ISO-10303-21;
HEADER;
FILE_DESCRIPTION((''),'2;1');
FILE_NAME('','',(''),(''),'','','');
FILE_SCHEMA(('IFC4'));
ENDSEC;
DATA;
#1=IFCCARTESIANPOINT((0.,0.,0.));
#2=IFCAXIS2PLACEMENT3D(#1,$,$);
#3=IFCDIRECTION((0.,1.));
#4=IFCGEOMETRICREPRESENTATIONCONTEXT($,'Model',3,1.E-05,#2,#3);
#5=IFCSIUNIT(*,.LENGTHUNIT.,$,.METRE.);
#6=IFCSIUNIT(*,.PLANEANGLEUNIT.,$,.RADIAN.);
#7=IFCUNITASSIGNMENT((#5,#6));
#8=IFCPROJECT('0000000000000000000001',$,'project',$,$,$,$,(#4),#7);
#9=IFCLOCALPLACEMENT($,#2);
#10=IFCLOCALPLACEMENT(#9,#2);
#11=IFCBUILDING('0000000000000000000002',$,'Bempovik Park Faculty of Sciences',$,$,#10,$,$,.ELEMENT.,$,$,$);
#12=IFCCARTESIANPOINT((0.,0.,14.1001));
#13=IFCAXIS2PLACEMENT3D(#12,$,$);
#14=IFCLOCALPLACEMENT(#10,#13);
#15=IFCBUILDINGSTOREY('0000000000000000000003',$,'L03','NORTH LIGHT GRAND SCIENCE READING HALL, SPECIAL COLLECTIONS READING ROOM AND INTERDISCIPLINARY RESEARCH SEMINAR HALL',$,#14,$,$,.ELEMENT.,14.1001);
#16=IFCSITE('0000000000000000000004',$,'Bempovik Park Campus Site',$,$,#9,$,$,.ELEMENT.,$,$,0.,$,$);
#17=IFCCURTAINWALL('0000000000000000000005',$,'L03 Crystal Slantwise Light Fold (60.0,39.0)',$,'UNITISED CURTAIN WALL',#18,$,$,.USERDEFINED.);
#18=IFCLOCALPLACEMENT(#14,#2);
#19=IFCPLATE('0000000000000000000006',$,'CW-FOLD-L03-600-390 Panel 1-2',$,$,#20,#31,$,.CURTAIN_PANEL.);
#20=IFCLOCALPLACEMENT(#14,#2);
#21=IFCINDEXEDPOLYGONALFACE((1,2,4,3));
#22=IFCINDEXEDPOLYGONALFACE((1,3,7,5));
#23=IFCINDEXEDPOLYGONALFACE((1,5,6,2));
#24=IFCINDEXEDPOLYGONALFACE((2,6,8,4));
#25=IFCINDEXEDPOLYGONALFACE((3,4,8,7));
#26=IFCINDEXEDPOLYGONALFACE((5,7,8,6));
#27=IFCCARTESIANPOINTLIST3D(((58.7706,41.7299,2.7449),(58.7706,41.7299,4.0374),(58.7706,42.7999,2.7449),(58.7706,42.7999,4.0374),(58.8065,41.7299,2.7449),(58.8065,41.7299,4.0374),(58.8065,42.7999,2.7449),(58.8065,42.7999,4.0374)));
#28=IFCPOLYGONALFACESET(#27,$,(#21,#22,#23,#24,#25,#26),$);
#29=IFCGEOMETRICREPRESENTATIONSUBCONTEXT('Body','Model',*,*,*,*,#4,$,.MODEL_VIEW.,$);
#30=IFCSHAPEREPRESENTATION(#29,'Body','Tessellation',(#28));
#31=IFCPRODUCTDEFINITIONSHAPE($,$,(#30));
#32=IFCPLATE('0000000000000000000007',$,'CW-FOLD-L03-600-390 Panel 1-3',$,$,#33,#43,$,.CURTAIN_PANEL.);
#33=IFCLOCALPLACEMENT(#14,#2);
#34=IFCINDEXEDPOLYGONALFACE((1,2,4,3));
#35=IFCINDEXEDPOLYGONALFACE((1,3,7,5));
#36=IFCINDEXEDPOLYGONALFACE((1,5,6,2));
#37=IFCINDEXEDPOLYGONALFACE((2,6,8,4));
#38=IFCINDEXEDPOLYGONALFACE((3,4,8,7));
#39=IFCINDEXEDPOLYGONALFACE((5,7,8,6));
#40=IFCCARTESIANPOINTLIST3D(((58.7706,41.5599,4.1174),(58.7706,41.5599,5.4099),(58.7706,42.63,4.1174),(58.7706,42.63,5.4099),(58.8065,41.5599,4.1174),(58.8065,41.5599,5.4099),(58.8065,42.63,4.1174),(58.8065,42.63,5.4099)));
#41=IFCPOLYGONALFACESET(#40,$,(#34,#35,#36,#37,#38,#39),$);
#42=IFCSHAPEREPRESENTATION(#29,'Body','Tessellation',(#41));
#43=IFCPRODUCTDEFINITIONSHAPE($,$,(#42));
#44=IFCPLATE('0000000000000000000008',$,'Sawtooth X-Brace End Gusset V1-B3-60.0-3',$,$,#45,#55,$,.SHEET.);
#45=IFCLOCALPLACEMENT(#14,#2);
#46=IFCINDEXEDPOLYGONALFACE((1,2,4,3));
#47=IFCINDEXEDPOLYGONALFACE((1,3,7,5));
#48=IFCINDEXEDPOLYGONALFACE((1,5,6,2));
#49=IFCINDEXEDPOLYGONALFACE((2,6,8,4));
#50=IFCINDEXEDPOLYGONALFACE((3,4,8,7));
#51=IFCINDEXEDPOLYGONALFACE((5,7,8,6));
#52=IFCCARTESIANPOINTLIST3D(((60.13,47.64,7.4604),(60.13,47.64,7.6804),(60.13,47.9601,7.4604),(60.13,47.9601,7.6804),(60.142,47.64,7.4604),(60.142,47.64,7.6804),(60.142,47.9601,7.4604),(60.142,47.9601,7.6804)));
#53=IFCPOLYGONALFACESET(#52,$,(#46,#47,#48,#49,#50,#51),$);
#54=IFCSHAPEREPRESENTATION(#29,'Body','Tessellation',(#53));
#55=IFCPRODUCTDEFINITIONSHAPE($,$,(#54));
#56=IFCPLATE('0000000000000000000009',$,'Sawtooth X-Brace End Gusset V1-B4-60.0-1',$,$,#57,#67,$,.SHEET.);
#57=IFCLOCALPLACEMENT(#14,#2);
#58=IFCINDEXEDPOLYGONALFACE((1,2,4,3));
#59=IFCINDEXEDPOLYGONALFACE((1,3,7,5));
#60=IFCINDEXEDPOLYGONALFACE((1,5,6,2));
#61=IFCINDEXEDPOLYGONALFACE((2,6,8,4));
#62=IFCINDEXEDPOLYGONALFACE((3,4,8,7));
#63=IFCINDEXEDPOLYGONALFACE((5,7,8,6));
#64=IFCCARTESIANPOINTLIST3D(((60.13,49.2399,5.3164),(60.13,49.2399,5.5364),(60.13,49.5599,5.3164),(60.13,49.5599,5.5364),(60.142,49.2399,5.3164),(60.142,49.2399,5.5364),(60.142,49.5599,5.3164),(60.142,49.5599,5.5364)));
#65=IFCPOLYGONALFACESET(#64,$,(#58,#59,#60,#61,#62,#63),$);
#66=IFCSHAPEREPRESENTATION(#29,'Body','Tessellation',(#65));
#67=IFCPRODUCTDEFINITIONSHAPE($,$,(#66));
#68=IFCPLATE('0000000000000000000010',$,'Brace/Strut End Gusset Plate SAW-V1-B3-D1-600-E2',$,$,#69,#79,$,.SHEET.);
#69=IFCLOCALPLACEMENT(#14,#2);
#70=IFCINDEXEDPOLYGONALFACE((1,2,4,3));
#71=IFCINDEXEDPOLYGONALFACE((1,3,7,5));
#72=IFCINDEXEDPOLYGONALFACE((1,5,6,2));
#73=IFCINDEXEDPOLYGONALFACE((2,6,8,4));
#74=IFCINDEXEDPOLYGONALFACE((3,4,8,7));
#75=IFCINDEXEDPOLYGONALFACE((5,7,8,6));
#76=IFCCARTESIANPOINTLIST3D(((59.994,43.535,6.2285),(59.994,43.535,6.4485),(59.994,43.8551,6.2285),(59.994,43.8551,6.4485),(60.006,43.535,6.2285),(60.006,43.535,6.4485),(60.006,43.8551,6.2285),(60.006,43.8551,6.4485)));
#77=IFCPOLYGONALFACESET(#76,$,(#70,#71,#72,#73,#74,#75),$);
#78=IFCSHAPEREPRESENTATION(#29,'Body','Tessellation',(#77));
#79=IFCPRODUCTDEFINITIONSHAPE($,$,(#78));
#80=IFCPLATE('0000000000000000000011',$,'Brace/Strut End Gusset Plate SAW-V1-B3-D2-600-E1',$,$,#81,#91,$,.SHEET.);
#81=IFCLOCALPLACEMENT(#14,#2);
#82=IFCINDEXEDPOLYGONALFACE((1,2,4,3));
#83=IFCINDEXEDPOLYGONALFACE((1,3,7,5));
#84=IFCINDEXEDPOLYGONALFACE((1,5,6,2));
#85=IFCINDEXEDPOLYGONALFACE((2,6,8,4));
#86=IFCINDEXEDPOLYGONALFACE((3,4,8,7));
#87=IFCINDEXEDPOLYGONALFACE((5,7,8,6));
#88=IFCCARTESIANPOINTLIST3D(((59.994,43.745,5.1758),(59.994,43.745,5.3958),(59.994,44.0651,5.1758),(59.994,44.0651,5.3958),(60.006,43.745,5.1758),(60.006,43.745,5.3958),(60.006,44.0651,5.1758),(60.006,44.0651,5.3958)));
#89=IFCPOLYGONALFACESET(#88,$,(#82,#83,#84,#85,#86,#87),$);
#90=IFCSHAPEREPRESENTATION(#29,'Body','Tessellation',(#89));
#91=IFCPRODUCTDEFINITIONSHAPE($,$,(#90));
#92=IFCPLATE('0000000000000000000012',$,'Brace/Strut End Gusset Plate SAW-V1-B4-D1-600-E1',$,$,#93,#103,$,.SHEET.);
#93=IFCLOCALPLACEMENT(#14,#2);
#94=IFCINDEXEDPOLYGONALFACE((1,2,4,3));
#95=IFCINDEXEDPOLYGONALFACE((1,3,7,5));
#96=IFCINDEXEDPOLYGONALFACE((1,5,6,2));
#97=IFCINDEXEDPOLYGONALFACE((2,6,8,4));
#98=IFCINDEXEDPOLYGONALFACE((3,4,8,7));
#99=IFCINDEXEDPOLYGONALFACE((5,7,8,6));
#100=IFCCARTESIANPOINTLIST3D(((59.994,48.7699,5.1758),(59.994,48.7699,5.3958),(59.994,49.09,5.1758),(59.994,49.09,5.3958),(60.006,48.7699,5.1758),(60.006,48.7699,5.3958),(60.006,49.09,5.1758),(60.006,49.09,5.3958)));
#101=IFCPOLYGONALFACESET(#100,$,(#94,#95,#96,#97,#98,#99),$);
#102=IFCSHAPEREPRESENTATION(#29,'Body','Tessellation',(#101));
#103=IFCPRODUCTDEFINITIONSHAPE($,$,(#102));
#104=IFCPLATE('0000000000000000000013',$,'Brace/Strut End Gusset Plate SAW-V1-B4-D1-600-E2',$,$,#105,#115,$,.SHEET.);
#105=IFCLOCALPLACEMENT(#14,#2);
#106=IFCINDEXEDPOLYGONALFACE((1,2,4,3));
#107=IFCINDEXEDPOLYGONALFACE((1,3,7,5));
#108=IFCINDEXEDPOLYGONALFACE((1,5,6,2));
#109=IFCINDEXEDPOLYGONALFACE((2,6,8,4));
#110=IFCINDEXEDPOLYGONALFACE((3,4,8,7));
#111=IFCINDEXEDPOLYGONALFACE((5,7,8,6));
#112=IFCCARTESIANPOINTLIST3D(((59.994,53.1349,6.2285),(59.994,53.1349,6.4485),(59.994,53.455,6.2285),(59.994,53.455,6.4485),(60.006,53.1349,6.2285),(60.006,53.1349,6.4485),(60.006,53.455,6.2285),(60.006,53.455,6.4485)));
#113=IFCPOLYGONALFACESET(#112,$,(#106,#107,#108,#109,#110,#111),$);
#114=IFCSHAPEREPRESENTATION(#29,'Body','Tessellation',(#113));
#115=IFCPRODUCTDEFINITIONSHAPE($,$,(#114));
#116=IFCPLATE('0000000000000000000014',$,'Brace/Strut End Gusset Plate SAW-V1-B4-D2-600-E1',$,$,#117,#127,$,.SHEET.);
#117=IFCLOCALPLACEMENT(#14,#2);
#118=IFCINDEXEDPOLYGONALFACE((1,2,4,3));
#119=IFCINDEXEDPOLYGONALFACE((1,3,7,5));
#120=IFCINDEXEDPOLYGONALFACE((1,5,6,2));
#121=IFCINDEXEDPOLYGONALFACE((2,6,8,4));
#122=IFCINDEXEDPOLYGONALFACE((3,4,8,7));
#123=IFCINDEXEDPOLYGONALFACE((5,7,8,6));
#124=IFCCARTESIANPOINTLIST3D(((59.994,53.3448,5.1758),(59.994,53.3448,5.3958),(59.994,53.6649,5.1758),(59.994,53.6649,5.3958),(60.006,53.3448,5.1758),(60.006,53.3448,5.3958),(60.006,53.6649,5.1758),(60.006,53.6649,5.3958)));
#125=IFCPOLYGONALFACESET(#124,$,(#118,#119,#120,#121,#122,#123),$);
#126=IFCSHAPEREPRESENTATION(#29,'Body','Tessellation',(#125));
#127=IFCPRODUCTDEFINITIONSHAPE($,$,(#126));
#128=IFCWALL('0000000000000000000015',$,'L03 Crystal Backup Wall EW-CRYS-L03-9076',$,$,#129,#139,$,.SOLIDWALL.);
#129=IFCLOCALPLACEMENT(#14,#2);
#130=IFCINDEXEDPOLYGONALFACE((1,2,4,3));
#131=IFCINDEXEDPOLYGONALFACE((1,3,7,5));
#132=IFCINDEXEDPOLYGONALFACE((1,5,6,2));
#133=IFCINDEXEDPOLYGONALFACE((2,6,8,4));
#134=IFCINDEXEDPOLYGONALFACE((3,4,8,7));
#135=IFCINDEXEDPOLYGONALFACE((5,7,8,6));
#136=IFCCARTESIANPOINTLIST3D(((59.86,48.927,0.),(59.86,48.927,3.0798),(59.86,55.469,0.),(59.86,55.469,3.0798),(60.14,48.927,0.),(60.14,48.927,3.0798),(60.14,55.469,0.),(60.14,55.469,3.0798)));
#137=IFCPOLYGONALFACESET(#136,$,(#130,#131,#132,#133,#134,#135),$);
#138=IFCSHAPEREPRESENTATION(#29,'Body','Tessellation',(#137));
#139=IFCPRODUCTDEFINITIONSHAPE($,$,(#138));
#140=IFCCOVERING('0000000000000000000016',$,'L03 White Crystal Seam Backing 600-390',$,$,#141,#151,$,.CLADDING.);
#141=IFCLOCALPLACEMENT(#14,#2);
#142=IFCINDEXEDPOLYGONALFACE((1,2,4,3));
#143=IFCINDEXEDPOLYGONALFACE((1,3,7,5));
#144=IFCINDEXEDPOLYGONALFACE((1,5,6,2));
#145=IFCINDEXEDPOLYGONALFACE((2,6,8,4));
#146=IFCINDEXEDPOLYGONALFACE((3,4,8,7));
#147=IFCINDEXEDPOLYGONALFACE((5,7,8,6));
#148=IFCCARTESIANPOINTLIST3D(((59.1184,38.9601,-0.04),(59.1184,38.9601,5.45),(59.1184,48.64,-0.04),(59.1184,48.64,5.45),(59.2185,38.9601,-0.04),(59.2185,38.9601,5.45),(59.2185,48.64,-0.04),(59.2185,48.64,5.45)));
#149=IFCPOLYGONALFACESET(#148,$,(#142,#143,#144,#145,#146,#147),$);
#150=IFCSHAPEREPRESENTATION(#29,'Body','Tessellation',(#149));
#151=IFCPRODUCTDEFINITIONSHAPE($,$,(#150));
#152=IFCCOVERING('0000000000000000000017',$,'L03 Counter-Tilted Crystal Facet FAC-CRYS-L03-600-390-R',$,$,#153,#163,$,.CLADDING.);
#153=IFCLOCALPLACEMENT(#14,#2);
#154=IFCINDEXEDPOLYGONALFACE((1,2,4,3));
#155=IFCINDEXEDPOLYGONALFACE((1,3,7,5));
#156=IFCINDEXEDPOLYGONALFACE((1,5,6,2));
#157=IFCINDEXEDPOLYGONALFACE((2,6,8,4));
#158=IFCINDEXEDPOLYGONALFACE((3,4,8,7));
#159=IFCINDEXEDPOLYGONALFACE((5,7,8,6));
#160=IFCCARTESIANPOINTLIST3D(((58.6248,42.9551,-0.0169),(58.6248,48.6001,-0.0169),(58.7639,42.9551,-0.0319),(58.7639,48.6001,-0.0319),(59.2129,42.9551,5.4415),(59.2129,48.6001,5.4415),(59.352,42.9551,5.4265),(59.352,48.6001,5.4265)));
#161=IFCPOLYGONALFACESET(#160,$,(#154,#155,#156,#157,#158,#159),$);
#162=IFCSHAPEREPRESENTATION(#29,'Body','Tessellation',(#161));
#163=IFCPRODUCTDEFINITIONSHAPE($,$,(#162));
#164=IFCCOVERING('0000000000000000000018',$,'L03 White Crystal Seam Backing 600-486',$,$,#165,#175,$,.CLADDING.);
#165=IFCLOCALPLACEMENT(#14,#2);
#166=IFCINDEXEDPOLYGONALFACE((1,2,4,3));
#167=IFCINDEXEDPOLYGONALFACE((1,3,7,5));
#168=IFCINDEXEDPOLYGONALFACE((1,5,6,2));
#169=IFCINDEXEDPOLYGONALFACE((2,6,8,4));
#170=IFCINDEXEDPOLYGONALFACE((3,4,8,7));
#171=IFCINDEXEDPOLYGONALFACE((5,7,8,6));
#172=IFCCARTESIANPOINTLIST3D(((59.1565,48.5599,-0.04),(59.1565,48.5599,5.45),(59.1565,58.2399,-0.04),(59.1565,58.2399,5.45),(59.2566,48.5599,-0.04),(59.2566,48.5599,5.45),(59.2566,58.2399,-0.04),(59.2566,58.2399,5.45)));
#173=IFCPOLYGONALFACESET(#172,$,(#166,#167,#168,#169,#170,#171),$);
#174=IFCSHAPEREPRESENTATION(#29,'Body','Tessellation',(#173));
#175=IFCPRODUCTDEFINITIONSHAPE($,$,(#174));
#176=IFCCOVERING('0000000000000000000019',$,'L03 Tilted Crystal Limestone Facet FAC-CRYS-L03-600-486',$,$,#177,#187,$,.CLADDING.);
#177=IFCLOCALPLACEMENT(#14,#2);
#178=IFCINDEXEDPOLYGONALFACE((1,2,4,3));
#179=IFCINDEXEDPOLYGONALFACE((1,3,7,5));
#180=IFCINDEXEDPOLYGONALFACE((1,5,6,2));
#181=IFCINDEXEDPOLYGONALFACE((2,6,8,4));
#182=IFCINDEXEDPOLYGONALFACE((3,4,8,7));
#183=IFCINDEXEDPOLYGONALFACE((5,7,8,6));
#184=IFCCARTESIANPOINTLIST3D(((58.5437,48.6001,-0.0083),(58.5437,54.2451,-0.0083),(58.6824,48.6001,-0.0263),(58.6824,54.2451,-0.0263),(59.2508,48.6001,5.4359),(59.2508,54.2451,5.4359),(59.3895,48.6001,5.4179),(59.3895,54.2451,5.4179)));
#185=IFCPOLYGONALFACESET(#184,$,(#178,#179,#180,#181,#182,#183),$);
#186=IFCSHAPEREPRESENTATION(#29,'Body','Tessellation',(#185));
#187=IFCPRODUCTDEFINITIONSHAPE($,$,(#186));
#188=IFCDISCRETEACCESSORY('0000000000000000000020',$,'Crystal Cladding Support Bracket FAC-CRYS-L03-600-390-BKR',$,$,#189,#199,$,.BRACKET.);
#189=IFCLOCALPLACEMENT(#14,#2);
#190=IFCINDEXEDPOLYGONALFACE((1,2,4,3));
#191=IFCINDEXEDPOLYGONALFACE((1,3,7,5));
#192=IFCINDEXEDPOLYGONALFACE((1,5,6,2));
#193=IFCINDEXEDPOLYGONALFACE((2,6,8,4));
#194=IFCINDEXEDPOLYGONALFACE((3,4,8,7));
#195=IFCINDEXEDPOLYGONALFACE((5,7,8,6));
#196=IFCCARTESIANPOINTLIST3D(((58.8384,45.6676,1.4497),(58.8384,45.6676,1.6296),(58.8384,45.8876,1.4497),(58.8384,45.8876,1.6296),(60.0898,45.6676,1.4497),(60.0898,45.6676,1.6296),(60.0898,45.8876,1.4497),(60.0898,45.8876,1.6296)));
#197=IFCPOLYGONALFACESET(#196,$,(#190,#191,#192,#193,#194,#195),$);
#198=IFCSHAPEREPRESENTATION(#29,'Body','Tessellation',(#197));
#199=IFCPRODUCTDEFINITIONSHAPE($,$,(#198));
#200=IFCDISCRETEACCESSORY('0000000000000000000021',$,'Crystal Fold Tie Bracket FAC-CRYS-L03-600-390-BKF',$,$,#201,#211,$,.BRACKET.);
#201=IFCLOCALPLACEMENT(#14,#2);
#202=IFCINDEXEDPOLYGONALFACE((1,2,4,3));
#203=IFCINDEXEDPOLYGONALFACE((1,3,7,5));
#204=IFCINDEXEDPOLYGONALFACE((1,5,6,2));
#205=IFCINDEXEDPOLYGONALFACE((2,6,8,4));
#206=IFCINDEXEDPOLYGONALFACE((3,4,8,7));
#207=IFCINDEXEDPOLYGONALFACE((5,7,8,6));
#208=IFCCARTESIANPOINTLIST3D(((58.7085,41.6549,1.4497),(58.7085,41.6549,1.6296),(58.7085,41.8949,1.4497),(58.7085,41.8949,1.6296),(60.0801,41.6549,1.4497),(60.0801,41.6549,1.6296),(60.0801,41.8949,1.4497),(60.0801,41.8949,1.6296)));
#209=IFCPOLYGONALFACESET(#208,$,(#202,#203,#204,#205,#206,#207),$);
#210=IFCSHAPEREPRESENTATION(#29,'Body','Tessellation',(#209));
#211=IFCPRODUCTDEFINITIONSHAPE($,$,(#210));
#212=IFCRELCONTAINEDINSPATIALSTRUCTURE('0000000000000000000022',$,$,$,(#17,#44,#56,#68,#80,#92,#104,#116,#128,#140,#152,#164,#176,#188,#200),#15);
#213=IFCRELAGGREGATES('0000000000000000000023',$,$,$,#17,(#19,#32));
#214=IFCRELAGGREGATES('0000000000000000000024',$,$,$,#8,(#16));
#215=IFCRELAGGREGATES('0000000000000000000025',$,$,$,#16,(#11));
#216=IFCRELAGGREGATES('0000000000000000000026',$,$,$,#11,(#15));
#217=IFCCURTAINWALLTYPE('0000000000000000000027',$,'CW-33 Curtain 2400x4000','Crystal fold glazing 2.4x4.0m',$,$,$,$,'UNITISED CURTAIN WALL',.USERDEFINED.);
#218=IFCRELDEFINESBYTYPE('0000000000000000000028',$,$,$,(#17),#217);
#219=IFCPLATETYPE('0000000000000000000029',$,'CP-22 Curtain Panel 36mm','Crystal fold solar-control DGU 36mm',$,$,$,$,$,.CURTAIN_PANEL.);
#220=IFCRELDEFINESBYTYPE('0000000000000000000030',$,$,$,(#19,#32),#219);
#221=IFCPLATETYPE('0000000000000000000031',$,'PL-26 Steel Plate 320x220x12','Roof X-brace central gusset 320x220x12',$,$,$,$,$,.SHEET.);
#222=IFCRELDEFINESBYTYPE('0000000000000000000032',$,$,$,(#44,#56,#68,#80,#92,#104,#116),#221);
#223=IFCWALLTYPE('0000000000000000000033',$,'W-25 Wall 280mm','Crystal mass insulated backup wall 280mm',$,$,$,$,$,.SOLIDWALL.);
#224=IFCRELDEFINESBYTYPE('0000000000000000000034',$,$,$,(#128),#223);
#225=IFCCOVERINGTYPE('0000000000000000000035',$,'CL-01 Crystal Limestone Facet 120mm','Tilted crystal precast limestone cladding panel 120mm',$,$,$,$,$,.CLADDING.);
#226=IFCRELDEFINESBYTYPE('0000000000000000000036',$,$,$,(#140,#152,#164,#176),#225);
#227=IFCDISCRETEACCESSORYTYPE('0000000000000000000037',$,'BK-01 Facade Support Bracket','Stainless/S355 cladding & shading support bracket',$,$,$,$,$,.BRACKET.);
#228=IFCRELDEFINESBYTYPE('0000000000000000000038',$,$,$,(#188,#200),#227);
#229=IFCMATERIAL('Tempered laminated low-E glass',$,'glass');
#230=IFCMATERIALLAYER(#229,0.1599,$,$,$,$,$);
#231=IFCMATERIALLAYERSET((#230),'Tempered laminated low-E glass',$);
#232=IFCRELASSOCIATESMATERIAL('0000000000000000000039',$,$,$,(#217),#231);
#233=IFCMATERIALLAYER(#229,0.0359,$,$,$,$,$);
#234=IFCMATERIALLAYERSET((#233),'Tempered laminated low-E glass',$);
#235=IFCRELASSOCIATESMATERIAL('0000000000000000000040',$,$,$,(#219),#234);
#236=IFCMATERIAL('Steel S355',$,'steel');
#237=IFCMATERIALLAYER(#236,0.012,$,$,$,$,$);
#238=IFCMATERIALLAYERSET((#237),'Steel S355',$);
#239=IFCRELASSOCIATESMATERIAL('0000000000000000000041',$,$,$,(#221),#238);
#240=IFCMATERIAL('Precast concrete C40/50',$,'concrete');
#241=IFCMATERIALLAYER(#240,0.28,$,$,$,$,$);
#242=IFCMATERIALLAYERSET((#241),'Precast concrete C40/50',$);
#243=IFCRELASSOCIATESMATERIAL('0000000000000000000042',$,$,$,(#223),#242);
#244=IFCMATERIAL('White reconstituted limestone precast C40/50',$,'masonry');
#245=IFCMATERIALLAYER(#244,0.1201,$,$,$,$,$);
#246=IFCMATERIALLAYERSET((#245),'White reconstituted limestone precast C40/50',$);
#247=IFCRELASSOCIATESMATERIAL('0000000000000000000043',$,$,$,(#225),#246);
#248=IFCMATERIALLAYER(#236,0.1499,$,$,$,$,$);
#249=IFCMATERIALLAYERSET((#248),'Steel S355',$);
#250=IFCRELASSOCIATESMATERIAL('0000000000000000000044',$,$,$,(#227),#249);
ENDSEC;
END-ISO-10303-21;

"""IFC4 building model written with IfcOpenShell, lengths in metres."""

from ifc_helpers import new_model, si_unit, direction, frame, frame_2d, origin, origin_2d, place, context, subcontext, project, spatial, rectangle, extrude, material, layer, layer_set, type_object, element, aggregate, save


model = new_model("IFC4")

# Units and contexts
model_context = context("Model", 3, precision=1e-05, world=origin(), true_north=direction((0.0, 1.0)))
body_context = subcontext(model_context, "Body", "Model", "MODEL_VIEW")
ifc_project = project(units=[si_unit("LENGTHUNIT", "METRE"), si_unit("PLANEANGLEUNIT", "RADIAN")], contexts=[model_context])

# Site, building, storey
site_placement = place(None, origin())
site = spatial("IfcSite", under=ifc_project, at=site_placement, Name="Bempovik Park Campus Site", CompositionType="ELEMENT", RefElevation=0.0)
building_placement = place(site_placement, origin())
building = spatial("IfcBuilding", under=site, at=building_placement, Name="Bempovik Park Faculty of Sciences", CompositionType="ELEMENT")
storey_placement = place(building_placement, frame((0.0, 0.0, 14.1001)))
storey = spatial("IfcBuildingStorey", under=building, at=storey_placement, Name="L03", Description="NORTH LIGHT GRAND SCIENCE READING HALL, SPECIAL COLLECTIONS READING ROOM AND INTERDISCIPLINARY RESEARCH SEMINAR HALL", CompositionType="ELEMENT", Elevation=14.1001)

# Shared definitions
ifc_material_1 = material(Name="Steel S355", Category="steel")

# Curtain wall, plates
ifc_material_2 = material(Name="Tempered laminated low-E glass", Category="glass")
ifc_layer_1 = layer(ifc_material_2, 0.1599)
ifc_layer_set_1 = layer_set([ifc_layer_1], Name="Tempered laminated low-E glass")
curtain_wall_type = type_object("IfcCurtainWallType", Name="CW-33 Curtain 2400x4000", Description="Crystal fold glazing 2.4x4.0m", ElementType="UNITISED CURTAIN WALL", PredefinedType="USERDEFINED", material=ifc_layer_set_1)
curtain_wall_placement = place(storey_placement, origin())
curtain_wall = element("IfcCurtainWall", 1, at=curtain_wall_placement, inside=storey, type_object=curtain_wall_type, Name="L03 Crystal Slantwise Light Fold (60.0,39.0)", ObjectType="UNITISED CURTAIN WALL", PredefinedType="USERDEFINED")
ifc_layer_2 = layer(ifc_material_2, 0.0359)
ifc_layer_set_2 = layer_set([ifc_layer_2], Name="Tempered laminated low-E glass")
plate_type_1 = type_object("IfcPlateType", Name="CP-22 Curtain Panel 36mm", Description="Crystal fold solar-control DGU 36mm", PredefinedType="CURTAIN_PANEL", material=ifc_layer_set_2)
plate_1_placement = place(storey_placement, frame((58.7886, 42.2649, 2.7449), z_axis=(0.0, 0.0, 1.0), x_axis=(0.0, 1.0, 0.0)))
plate_1 = element("IfcPlate", 2, at=plate_1_placement, type_object=plate_type_1, Name="CW-FOLD-L03-600-390 Panel 1-2", PredefinedType="CURTAIN_PANEL", context=body_context, shape_type="SweptSolid", body=[
    extrude(rectangle(XDim=1.0701, YDim=0.0359, at=origin_2d()), origin(), (0.0, 0.0, 1.0), 1.2925),
])
plate_2_placement = place(storey_placement, frame((58.7886, 42.095, 4.1174), z_axis=(0.0, 0.0, 1.0), x_axis=(0.0, 1.0, 0.0)))
plate_2 = element("IfcPlate", 3, at=plate_2_placement, type_object=plate_type_1, Name="CW-FOLD-L03-600-390 Panel 1-3", PredefinedType="CURTAIN_PANEL", context=body_context, shape_type="SweptSolid", body=[
    extrude(rectangle(XDim=1.0701, YDim=0.0359, at=origin_2d()), origin(), (0.0, 0.0, 1.0), 1.2925),
])
aggregate(curtain_wall, [plate_1, plate_2])

# Plates
ifc_layer_3 = layer(ifc_material_1, 0.012)
ifc_layer_set_3 = layer_set([ifc_layer_3], Name="Steel S355")
plate_type_2 = type_object("IfcPlateType", Name="PL-26 Steel Plate 320x220x12", Description="Roof X-brace central gusset 320x220x12", PredefinedType="SHEET", material=ifc_layer_set_3)
for number, where, z_axis, x_axis, name in (
    (4, (60.136, 47.8, 7.4604), (0.0, 0.0, 1.0), (1.0, 0.0, 0.0), "Sawtooth X-Brace End Gusset V1-B3-60.0-3"),
    (5, (60.136, 49.3999, 5.3164), (0.0, 0.0, 1.0), (1.0, 0.0, 0.0), "Sawtooth X-Brace End Gusset V1-B4-60.0-1"),
    (6, (60.0, 43.6951, 6.2285), (0.0, 0.0, 1.0), (1.0, 0.0, 0.0), "Brace/Strut End Gusset Plate SAW-V1-B3-D1-600-E2"),
    (7, (60.0, 43.905, 5.1758), (0.0, 0.0, 1.0), (1.0, 0.0, 0.0), "Brace/Strut End Gusset Plate SAW-V1-B3-D2-600-E1"),
    (8, (60.0, 48.9299, 5.1758), (0.0, 0.0, 1.0), (1.0, 0.0, 0.0), "Brace/Strut End Gusset Plate SAW-V1-B4-D1-600-E1"),
    (9, (60.0, 53.2949, 6.2285), (0.0, 0.0, 1.0), (1.0, 0.0, 0.0), "Brace/Strut End Gusset Plate SAW-V1-B4-D1-600-E2"),
    (10, (60.0, 53.5049, 5.1758), (0.0, 0.0, 1.0), (1.0, 0.0, 0.0), "Brace/Strut End Gusset Plate SAW-V1-B4-D2-600-E1"),
):
    element("IfcPlate", number, at=place(storey_placement, frame(where, z_axis=z_axis, x_axis=x_axis)), inside=storey, type_object=plate_type_2, Name=name, PredefinedType="SHEET", context=body_context, shape_type="SweptSolid", body=[
        extrude(rectangle(XDim=0.012, YDim=0.3201, at=origin_2d()), origin(), (0.0, 0.0, 1.0), 0.22),
    ])

# Wall
ifc_material_3 = material(Name="Precast concrete C40/50", Category="concrete")
ifc_layer_4 = layer(ifc_material_3, 0.28)
ifc_layer_set_4 = layer_set([ifc_layer_4], Name="Precast concrete C40/50")
wall_type = type_object("IfcWallType", Name="W-25 Wall 280mm", Description="Crystal mass insulated backup wall 280mm", PredefinedType="SOLIDWALL", material=ifc_layer_set_4)
wall_placement = place(storey_placement, frame((60.0, 48.927, 0.0), z_axis=(0.0, 0.0, 1.0), x_axis=(0.0, 1.0, 0.0)))
element("IfcWall", 11, at=wall_placement, inside=storey, type_object=wall_type, Name="L03 Crystal Backup Wall EW-CRYS-L03-9076", PredefinedType="SOLIDWALL", context=body_context, shape_type="SweptSolid", body=[
    extrude(rectangle(XDim=6.542, YDim=0.28, at=frame_2d((3.271, 0.0))), origin(), (0.0, 0.0, 1.0), 3.0798),
])

# Coverings
ifc_material_4 = material(Name="White reconstituted limestone precast C40/50", Category="masonry")
ifc_layer_5 = layer(ifc_material_4, 0.1201)
ifc_layer_set_5 = layer_set([ifc_layer_5], Name="White reconstituted limestone precast C40/50")
covering_type = type_object("IfcCoveringType", Name="CL-01 Crystal Limestone Facet 120mm", Description="Tilted crystal precast limestone cladding panel 120mm", PredefinedType="CLADDING", material=ifc_layer_set_5)
covering_1_placement = place(storey_placement, frame((59.1685, 43.8, -0.04), z_axis=(0.0, 0.0, 1.0), x_axis=(1.0, 0.0, 0.0)))
element("IfcCovering", 12, at=covering_1_placement, inside=storey, type_object=covering_type, Name="L03 White Crystal Seam Backing 600-390", PredefinedType="CLADDING", context=body_context, shape_type="SweptSolid", body=[
    extrude(rectangle(XDim=0.1001, YDim=9.6799, at=origin_2d()), origin(), (0.0, 0.0, 1.0), 5.49),
])
covering_2_placement = place(storey_placement, frame((58.6943, 45.7776, -0.0244), z_axis=(0.107132, 0.0, 0.994245), x_axis=(0.0, 1.0, 0.0)))
element("IfcCovering", 13, at=covering_2_placement, inside=storey, type_object=covering_type, Name="L03 Counter-Tilted Crystal Facet FAC-CRYS-L03-600-390-R", PredefinedType="CLADDING", context=body_context, shape_type="SweptSolid", body=[
    extrude(rectangle(XDim=5.645, YDim=0.1399, at=origin_2d()), origin(), (0.0, 0.0, 1.0), 5.49),
])
covering_3_placement = place(storey_placement, frame((59.2065, 53.3999, -0.04), z_axis=(0.0, 0.0, 1.0), x_axis=(1.0, 0.0, 0.0)))
element("IfcCovering", 14, at=covering_3_placement, inside=storey, type_object=covering_type, Name="L03 White Crystal Seam Backing 600-486", PredefinedType="CLADDING", context=body_context, shape_type="SweptSolid", body=[
    extrude(rectangle(XDim=0.1001, YDim=9.6799, at=origin_2d()), origin(), (0.0, 0.0, 1.0), 5.49),
])
covering_4_placement = place(storey_placement, frame((58.613, 51.4226, -0.0173), z_axis=(0.128796, 0.0, 0.991671), x_axis=(0.0, 1.0, 0.0)))
element("IfcCovering", 15, at=covering_4_placement, inside=storey, type_object=covering_type, Name="L03 Tilted Crystal Limestone Facet FAC-CRYS-L03-600-486", PredefinedType="CLADDING", context=body_context, shape_type="SweptSolid", body=[
    extrude(rectangle(XDim=5.645, YDim=0.1399, at=origin_2d()), origin(), (0.0, 0.0, 1.0), 5.49),
])

# Discrete accessories
ifc_layer_6 = layer(ifc_material_1, 0.1499)
ifc_layer_set_6 = layer_set([ifc_layer_6], Name="Steel S355")
discrete_accessory_type = type_object("IfcDiscreteAccessoryType", Name="BK-01 Facade Support Bracket", Description="Stainless/S355 cladding & shading support bracket", PredefinedType="BRACKET", material=ifc_layer_set_6)
discrete_accessory_1_placement = place(storey_placement, frame((59.4641, 45.7776, 1.4497), z_axis=(0.0, 0.0, 1.0), x_axis=(1.0, 0.0, 0.0)))
element("IfcDiscreteAccessory", 16, at=discrete_accessory_1_placement, inside=storey, type_object=discrete_accessory_type, Name="Crystal Cladding Support Bracket FAC-CRYS-L03-600-390-BKR", PredefinedType="BRACKET", context=body_context, shape_type="SweptSolid", body=[
    extrude(rectangle(XDim=1.2515, YDim=0.22, at=origin_2d()), origin(), (0.0, 0.0, 1.0), 0.1799),
])
discrete_accessory_2_placement = place(storey_placement, frame((59.3943, 41.7749, 1.4497), z_axis=(0.0, 0.0, 1.0), x_axis=(1.0, 0.0, 0.0)))
element("IfcDiscreteAccessory", 17, at=discrete_accessory_2_placement, inside=storey, type_object=discrete_accessory_type, Name="Crystal Fold Tie Bracket FAC-CRYS-L03-600-390-BKF", PredefinedType="BRACKET", context=body_context, shape_type="SweptSolid", body=[
    extrude(rectangle(XDim=1.3716, YDim=0.24, at=origin_2d()), origin(), (0.0, 0.0, 1.0), 0.1799),
])

save(model, "model.ifc")
